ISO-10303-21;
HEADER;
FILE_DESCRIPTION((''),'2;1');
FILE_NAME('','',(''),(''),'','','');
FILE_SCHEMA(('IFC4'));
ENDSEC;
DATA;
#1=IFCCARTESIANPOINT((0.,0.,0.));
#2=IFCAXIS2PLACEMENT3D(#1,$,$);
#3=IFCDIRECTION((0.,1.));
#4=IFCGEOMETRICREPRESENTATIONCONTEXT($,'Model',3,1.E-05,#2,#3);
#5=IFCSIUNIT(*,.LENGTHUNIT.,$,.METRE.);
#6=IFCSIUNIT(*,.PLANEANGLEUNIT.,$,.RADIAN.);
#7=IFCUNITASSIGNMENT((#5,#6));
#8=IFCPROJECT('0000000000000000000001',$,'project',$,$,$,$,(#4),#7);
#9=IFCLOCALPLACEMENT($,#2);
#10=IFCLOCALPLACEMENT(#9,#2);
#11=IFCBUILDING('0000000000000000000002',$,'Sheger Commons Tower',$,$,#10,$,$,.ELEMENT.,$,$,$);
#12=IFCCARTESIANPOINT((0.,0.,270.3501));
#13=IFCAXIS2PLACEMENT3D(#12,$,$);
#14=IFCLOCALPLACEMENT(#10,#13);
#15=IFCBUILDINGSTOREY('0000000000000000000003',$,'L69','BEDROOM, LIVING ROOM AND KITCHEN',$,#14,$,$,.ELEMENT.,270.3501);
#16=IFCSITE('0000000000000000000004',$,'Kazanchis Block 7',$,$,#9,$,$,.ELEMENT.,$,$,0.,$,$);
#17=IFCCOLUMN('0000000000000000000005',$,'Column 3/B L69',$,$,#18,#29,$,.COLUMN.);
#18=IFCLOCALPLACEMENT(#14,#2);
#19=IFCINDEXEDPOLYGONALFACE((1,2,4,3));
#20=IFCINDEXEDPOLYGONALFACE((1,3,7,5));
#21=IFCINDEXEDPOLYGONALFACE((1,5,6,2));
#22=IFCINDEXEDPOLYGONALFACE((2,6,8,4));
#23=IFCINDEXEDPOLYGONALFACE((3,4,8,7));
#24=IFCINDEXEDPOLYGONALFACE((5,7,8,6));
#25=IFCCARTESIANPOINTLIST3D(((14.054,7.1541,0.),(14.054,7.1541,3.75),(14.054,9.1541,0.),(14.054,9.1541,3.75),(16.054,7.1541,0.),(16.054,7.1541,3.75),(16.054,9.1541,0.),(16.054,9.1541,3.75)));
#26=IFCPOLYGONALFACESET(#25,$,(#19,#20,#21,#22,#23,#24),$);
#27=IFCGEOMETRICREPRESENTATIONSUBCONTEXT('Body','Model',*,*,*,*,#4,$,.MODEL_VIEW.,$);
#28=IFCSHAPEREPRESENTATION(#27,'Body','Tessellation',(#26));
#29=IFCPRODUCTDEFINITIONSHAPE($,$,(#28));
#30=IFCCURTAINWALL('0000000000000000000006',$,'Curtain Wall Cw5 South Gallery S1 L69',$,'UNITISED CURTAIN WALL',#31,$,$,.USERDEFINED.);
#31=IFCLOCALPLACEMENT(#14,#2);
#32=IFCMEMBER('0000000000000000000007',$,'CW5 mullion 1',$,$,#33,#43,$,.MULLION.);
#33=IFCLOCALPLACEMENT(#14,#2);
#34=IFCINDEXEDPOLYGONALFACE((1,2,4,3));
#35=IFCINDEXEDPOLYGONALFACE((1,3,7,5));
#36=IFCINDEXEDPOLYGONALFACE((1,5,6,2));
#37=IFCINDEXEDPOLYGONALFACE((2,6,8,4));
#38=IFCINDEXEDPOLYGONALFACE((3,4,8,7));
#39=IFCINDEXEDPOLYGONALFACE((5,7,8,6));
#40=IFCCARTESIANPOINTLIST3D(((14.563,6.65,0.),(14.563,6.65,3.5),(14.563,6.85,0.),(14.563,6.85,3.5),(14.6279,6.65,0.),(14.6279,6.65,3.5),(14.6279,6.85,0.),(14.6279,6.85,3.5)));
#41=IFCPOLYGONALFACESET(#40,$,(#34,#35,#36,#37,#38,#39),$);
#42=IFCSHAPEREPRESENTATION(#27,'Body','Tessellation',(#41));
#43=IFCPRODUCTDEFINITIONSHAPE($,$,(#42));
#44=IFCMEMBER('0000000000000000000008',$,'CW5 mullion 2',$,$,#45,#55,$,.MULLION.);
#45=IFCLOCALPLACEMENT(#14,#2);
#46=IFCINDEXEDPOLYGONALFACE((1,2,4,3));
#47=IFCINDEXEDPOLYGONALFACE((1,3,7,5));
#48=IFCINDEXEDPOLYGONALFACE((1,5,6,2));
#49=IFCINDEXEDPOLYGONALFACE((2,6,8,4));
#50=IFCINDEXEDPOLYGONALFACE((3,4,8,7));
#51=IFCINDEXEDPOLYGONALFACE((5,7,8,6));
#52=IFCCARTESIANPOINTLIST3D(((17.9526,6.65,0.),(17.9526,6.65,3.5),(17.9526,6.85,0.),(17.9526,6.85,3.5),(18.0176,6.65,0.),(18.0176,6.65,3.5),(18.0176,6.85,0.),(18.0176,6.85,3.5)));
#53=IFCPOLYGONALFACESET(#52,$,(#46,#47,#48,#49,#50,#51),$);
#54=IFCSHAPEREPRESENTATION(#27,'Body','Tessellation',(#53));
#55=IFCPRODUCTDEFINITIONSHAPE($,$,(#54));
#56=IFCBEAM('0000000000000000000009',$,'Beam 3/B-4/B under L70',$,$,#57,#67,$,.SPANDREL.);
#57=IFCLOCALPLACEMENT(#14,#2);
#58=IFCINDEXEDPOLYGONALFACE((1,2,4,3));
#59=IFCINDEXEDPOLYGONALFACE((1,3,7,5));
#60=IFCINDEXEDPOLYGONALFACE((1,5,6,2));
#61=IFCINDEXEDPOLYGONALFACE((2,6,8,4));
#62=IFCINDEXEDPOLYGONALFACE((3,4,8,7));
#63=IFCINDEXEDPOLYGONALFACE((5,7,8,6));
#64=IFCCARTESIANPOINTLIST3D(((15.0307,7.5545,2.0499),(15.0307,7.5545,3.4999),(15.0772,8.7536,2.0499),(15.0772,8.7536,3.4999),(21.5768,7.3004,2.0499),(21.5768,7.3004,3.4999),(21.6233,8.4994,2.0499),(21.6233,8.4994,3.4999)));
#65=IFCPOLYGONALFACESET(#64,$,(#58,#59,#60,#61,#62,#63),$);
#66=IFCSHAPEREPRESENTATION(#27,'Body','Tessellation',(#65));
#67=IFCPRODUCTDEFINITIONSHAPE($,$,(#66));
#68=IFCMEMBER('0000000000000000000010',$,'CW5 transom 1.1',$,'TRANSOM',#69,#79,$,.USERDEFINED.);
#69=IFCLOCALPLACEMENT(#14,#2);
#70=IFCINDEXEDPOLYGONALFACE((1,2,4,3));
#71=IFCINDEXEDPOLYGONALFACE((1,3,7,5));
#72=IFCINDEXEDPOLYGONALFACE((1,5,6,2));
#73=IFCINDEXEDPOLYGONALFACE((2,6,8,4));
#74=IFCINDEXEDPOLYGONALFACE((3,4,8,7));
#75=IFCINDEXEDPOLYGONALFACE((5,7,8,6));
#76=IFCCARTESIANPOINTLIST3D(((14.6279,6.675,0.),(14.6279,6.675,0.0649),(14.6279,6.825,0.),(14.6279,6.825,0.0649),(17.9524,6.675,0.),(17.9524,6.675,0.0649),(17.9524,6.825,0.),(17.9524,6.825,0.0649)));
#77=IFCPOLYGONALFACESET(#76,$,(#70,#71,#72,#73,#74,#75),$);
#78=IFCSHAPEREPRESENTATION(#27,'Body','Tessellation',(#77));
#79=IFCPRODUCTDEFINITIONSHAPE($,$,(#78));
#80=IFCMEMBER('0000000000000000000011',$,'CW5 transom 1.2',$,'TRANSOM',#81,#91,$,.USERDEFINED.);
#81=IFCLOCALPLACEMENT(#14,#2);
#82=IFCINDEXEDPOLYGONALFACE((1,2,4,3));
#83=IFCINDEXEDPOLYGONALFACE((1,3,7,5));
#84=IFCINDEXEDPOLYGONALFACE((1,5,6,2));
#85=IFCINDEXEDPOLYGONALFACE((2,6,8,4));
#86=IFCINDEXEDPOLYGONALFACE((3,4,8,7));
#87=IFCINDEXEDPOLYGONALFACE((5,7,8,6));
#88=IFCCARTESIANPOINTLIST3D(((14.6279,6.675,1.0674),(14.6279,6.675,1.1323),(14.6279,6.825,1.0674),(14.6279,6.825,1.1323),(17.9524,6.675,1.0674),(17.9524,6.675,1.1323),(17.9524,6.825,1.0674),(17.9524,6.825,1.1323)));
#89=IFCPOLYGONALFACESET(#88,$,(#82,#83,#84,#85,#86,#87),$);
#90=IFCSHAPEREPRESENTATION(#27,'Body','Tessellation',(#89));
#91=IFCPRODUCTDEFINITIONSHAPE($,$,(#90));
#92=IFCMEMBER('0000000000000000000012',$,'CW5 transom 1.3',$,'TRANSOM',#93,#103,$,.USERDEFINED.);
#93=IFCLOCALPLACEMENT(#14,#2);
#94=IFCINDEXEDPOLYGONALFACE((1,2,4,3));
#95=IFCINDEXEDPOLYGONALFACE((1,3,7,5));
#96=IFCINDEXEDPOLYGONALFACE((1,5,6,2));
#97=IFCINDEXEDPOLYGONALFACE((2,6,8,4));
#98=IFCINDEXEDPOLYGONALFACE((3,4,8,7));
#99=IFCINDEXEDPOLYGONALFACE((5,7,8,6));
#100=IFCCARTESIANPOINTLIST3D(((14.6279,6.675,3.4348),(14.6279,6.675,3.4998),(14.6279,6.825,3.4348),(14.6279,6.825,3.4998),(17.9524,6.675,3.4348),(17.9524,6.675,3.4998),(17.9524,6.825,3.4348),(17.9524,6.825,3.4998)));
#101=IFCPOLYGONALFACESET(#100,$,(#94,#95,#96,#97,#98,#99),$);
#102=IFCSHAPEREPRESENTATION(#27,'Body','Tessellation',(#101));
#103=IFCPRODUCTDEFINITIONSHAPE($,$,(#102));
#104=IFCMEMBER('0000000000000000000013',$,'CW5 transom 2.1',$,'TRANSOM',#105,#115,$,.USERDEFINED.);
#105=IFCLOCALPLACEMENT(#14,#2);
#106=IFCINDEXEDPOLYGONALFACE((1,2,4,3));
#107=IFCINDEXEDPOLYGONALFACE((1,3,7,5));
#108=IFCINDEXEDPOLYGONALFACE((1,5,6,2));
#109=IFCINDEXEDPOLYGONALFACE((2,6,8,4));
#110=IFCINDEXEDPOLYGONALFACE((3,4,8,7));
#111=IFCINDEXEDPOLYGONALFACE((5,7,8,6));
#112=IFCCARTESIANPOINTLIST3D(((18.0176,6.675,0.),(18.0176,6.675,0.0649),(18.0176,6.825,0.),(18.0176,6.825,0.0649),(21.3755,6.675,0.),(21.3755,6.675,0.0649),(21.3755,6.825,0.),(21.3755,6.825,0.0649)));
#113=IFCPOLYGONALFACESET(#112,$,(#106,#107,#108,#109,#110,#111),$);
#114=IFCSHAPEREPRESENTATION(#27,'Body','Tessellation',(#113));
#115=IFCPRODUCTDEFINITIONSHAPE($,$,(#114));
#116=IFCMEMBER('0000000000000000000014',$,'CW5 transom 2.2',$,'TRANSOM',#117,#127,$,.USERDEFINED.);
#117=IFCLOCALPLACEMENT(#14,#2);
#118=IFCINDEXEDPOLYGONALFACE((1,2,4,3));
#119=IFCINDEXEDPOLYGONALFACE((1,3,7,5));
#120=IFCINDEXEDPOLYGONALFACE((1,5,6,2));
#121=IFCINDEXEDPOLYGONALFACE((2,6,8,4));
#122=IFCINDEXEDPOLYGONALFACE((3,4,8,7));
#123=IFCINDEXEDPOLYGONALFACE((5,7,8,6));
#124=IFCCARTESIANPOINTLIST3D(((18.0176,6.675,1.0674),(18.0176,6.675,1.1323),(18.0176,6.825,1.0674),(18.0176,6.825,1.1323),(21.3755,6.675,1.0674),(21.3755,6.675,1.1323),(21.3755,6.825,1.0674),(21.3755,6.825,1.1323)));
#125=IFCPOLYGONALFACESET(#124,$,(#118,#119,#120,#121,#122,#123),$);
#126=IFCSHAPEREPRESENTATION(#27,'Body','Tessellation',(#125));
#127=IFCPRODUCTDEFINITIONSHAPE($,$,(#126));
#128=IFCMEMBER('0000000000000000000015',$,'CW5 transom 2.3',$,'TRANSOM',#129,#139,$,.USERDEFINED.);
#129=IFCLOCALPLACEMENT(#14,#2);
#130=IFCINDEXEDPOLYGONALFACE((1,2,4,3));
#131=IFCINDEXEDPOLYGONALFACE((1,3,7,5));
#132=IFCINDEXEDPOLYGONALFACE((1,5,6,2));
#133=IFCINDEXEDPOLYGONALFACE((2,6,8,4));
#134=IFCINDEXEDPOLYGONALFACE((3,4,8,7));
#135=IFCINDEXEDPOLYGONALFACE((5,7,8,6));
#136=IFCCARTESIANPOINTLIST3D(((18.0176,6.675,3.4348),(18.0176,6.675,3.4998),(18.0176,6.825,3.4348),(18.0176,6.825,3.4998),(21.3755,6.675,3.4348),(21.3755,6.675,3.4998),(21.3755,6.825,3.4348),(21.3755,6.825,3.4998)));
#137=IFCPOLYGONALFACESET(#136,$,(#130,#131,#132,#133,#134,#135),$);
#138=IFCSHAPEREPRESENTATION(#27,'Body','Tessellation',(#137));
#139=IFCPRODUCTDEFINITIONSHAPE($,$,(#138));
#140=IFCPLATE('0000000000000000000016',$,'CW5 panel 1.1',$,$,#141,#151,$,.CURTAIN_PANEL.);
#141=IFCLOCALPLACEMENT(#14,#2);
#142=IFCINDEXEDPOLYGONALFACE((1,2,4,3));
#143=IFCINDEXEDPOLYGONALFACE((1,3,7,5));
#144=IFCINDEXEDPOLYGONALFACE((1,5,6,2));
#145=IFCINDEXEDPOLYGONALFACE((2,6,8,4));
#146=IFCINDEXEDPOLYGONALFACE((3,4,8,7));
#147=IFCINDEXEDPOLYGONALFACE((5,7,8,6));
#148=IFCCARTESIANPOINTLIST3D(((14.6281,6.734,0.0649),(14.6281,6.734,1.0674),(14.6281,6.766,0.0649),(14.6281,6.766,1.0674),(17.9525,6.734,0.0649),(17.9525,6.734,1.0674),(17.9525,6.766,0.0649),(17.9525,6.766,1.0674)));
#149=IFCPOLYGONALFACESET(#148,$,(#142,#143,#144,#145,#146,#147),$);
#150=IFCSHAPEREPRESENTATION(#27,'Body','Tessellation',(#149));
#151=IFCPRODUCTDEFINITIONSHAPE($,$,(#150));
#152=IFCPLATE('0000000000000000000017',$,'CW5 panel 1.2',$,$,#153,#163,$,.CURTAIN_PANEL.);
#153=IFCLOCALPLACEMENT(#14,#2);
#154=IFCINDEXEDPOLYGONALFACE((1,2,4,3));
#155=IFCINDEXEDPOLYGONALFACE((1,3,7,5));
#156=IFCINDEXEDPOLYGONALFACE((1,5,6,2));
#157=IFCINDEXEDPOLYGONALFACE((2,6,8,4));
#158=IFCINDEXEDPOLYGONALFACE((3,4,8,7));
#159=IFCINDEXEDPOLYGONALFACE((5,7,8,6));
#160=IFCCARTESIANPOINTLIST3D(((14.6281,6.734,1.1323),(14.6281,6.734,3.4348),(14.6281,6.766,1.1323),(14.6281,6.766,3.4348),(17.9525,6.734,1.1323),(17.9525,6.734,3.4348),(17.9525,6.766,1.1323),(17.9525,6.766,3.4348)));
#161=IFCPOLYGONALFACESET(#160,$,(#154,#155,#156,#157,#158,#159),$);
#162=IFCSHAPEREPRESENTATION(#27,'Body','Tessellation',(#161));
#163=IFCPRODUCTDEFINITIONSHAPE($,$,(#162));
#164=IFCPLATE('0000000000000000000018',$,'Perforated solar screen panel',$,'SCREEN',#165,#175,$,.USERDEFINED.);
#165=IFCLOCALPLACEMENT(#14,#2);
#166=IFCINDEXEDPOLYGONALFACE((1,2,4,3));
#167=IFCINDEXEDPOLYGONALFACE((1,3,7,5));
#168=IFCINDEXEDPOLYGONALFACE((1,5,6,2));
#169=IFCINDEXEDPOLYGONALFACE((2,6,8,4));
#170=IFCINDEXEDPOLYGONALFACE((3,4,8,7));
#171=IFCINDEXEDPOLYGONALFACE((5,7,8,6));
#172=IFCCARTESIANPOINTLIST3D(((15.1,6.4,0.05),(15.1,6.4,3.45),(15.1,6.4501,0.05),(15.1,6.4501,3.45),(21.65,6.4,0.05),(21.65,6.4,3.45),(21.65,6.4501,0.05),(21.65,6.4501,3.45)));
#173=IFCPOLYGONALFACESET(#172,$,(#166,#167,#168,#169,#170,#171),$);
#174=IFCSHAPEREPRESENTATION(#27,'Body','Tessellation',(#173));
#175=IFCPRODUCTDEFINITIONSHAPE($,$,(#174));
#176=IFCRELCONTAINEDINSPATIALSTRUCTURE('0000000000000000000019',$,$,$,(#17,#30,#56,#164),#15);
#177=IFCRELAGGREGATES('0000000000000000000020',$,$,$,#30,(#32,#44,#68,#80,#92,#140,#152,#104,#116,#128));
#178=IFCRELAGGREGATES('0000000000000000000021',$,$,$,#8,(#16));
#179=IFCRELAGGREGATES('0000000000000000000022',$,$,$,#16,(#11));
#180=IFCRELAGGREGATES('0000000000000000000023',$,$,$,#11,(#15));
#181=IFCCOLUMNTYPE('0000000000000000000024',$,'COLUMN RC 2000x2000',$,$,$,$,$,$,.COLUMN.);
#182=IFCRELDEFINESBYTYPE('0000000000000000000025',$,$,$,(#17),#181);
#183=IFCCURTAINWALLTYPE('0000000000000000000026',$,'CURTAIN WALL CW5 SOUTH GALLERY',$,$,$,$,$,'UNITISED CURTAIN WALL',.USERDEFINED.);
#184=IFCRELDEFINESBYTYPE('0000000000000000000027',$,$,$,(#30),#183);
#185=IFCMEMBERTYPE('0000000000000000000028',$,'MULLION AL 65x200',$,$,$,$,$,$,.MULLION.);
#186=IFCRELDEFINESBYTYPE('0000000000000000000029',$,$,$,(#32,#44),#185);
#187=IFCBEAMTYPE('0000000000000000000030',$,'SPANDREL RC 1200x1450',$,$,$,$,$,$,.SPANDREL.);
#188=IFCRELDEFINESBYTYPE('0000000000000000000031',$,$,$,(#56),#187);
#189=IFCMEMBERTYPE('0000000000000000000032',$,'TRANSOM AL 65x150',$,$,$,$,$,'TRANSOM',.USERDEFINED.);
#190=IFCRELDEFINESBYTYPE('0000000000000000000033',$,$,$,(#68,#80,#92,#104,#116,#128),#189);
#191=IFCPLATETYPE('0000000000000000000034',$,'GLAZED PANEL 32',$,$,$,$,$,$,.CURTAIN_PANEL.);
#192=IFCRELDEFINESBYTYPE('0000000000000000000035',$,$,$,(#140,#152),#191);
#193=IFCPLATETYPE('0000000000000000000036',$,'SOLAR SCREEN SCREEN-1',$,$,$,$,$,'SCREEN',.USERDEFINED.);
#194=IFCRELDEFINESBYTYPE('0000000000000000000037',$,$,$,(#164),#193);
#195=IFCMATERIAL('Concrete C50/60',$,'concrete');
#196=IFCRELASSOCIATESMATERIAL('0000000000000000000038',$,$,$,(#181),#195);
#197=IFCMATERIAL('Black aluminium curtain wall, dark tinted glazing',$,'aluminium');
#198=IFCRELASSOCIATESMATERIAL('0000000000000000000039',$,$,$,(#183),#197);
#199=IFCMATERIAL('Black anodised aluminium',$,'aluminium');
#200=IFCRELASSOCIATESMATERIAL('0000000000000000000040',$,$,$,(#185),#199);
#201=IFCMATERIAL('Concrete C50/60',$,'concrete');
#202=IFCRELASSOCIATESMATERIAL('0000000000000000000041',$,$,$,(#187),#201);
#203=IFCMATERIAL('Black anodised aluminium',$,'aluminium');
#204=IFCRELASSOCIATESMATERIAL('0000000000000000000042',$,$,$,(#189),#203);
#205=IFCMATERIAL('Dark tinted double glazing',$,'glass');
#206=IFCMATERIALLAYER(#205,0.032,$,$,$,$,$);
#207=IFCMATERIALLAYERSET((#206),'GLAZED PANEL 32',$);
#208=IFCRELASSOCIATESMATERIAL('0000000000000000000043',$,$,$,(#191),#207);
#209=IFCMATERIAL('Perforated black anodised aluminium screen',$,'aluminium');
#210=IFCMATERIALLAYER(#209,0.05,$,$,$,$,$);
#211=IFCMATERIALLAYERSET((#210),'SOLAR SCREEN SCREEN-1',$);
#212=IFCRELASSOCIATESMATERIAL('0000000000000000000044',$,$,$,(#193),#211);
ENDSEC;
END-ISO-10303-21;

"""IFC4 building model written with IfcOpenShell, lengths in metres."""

from ifc_helpers import new_model, si_unit, direction, frame, origin, origin_2d, place, context, subcontext, project, spatial, rectangle, extrude, material, layer, layer_set, material_profile, profile_set, type_object, element, aggregate, save


model = new_model("IFC4")

# Units and contexts
model_context = context("Model", 3, precision=1e-05, world=origin(), true_north=direction((0.0, 1.0)))
body_context = subcontext(model_context, "Body", "Model", "MODEL_VIEW")
ifc_project = project(units=[si_unit("LENGTHUNIT", "METRE"), si_unit("PLANEANGLEUNIT", "RADIAN")], contexts=[model_context])

# Site, building, storey
site_placement = place(None, origin())
site = spatial("IfcSite", under=ifc_project, at=site_placement, Name="Kazanchis Block 7", CompositionType="ELEMENT", RefElevation=0.0)
building_placement = place(site_placement, origin())
building = spatial("IfcBuilding", under=site, at=building_placement, Name="Sheger Commons Tower", CompositionType="ELEMENT")
storey_placement = place(building_placement, frame((0.0, 0.0, 270.3501)))
storey = spatial("IfcBuildingStorey", under=building, at=storey_placement, Name="L69", Description="BEDROOM, LIVING ROOM AND KITCHEN", CompositionType="ELEMENT", Elevation=270.3501)

# Column
ifc_material_1 = material(Name="Concrete C50/60", Category="concrete")
ifc_material_profile_1 = material_profile(ifc_material_1, rectangle(XDim=2.0, YDim=2.0, at=origin_2d()), Name="RC 2000x2000")
ifc_profile_set_1 = profile_set([ifc_material_profile_1], Name="Concrete C50/60")
column_type = type_object("IfcColumnType", Name="COLUMN RC 2000x2000", PredefinedType="COLUMN", material=ifc_profile_set_1)
column_placement = place(storey_placement, frame((15.054, 8.1541, 0.0), z_axis=(0.0, 0.0, 1.0), x_axis=(1.0, 0.0, 0.0)))
element("IfcColumn", 1, at=column_placement, inside=storey, type_object=column_type, Name="Column 3/B L69", PredefinedType="COLUMN", context=body_context, shape_type="SweptSolid", body=[
    extrude(rectangle(XDim=2.0, YDim=2.0, at=origin_2d()), origin(), (0.0, 0.0, 1.0), 3.75),
])

# Curtain wall, members
ifc_material_2 = material(Name="Black aluminium curtain wall, dark tinted glazing", Category="aluminium")
curtain_wall_type = type_object("IfcCurtainWallType", Name="CURTAIN WALL CW5 SOUTH GALLERY", ElementType="UNITISED CURTAIN WALL", PredefinedType="USERDEFINED", material=ifc_material_2)
curtain_wall_placement = place(storey_placement, origin())
curtain_wall = element("IfcCurtainWall", 2, at=curtain_wall_placement, inside=storey, type_object=curtain_wall_type, Name="Curtain Wall Cw5 South Gallery S1 L69", ObjectType="UNITISED CURTAIN WALL", PredefinedType="USERDEFINED")
ifc_material_3 = material(Name="Black anodised aluminium", Category="aluminium")
ifc_material_profile_2 = material_profile(ifc_material_3, rectangle(XDim=0.2, YDim=0.0649, at=origin_2d()), Name="AL 65x200")
ifc_profile_set_2 = profile_set([ifc_material_profile_2], Name="Black anodised aluminium")
member_type_1 = type_object("IfcMemberType", Name="MULLION AL 65x200", PredefinedType="MULLION", material=ifc_profile_set_2)
member_1_placement = place(storey_placement, frame((14.5955, 6.75, 0.0), z_axis=(0.0, 0.0, 1.0), x_axis=(0.0, 1.0, 0.0)))
member_1 = element("IfcMember", 3, at=member_1_placement, type_object=member_type_1, Name="CW5 mullion 1", PredefinedType="MULLION", context=body_context, shape_type="SweptSolid", body=[
    extrude(rectangle(XDim=0.2, YDim=0.0649, at=origin_2d()), origin(), (0.0, 0.0, 1.0), 3.5),
])
member_2_placement = place(storey_placement, frame((17.9851, 6.75, 0.0), z_axis=(0.0, 0.0, 1.0), x_axis=(0.0, 1.0, 0.0)))
member_2 = element("IfcMember", 4, at=member_2_placement, type_object=member_type_1, Name="CW5 mullion 2", PredefinedType="MULLION", context=body_context, shape_type="SweptSolid", body=[
    extrude(rectangle(XDim=0.2, YDim=0.0649, at=origin_2d()), origin(), (0.0, 0.0, 1.0), 3.5),
])

# Beam
ifc_material_4 = material(Name="Concrete C50/60", Category="concrete")
ifc_material_profile_3 = material_profile(ifc_material_4, rectangle(XDim=1.2, YDim=1.45, at=origin_2d()), Name="RC 1200x1450")
ifc_profile_set_3 = profile_set([ifc_material_profile_3], Name="Concrete C50/60")
beam_type = type_object("IfcBeamType", Name="SPANDREL RC 1200x1450", PredefinedType="SPANDREL", material=ifc_profile_set_3)
beam_placement = place(storey_placement, frame((15.054, 8.1541, 2.7749), z_axis=(0.999247, -0.038795, 0.0), x_axis=(0.038795, 0.999247, 0.0)))
element("IfcBeam", 5, at=beam_placement, inside=storey, type_object=beam_type, Name="Beam 3/B-4/B under L70", PredefinedType="SPANDREL", context=body_context, shape_type="SweptSolid", body=[
    extrude(rectangle(XDim=1.2, YDim=1.45, at=origin_2d()), origin(), (0.0, 0.0, 1.0), 6.551),
])

# Members
ifc_material_5 = material(Name="Black anodised aluminium", Category="aluminium")
ifc_material_profile_4 = material_profile(ifc_material_5, rectangle(XDim=0.1499, YDim=0.0649, at=origin_2d()), Name="AL 65x150")
ifc_profile_set_4 = profile_set([ifc_material_profile_4], Name="Black anodised aluminium")
member_type_2 = type_object("IfcMemberType", Name="TRANSOM AL 65x150", ElementType="TRANSOM", PredefinedType="USERDEFINED", material=ifc_profile_set_4)
member_3_placement = place(storey_placement, frame((14.6279, 6.75, 0.0325), z_axis=(1.0, 0.0, 0.0), x_axis=(0.0, 1.0, 0.0)))
member_3 = element("IfcMember", 6, at=member_3_placement, type_object=member_type_2, Name="CW5 transom 1.1", ObjectType="TRANSOM", PredefinedType="USERDEFINED", context=body_context, shape_type="SweptSolid", body=[
    extrude(rectangle(XDim=0.1499, YDim=0.0649, at=origin_2d()), origin(), (0.0, 0.0, 1.0), 3.3245),
])
member_4_placement = place(storey_placement, frame((14.6279, 6.75, 1.0999), z_axis=(1.0, 0.0, 0.0), x_axis=(0.0, 1.0, 0.0)))
member_4 = element("IfcMember", 7, at=member_4_placement, type_object=member_type_2, Name="CW5 transom 1.2", ObjectType="TRANSOM", PredefinedType="USERDEFINED", context=body_context, shape_type="SweptSolid", body=[
    extrude(rectangle(XDim=0.1499, YDim=0.0649, at=origin_2d()), origin(), (0.0, 0.0, 1.0), 3.3245),
])
member_5_placement = place(storey_placement, frame((14.6279, 6.75, 3.4673), z_axis=(1.0, 0.0, 0.0), x_axis=(0.0, 1.0, 0.0)))
member_5 = element("IfcMember", 8, at=member_5_placement, type_object=member_type_2, Name="CW5 transom 1.3", ObjectType="TRANSOM", PredefinedType="USERDEFINED", context=body_context, shape_type="SweptSolid", body=[
    extrude(rectangle(XDim=0.1499, YDim=0.0649, at=origin_2d()), origin(), (0.0, 0.0, 1.0), 3.3245),
])
member_6_placement = place(storey_placement, frame((18.0176, 6.75, 0.0325), z_axis=(1.0, 0.0, 0.0), x_axis=(0.0, 1.0, 0.0)))
member_6 = element("IfcMember", 9, at=member_6_placement, type_object=member_type_2, Name="CW5 transom 2.1", ObjectType="TRANSOM", PredefinedType="USERDEFINED", context=body_context, shape_type="SweptSolid", body=[
    extrude(rectangle(XDim=0.1499, YDim=0.0649, at=origin_2d()), origin(), (0.0, 0.0, 1.0), 3.3579),
])
member_7_placement = place(storey_placement, frame((18.0176, 6.75, 1.0999), z_axis=(1.0, 0.0, 0.0), x_axis=(0.0, 1.0, 0.0)))
member_7 = element("IfcMember", 10, at=member_7_placement, type_object=member_type_2, Name="CW5 transom 2.2", ObjectType="TRANSOM", PredefinedType="USERDEFINED", context=body_context, shape_type="SweptSolid", body=[
    extrude(rectangle(XDim=0.1499, YDim=0.0649, at=origin_2d()), origin(), (0.0, 0.0, 1.0), 3.3579),
])
member_8_placement = place(storey_placement, frame((18.0176, 6.75, 3.4673), z_axis=(1.0, 0.0, 0.0), x_axis=(0.0, 1.0, 0.0)))
member_8 = element("IfcMember", 11, at=member_8_placement, type_object=member_type_2, Name="CW5 transom 2.3", ObjectType="TRANSOM", PredefinedType="USERDEFINED", context=body_context, shape_type="SweptSolid", body=[
    extrude(rectangle(XDim=0.1499, YDim=0.0649, at=origin_2d()), origin(), (0.0, 0.0, 1.0), 3.3579),
])

# Plates
ifc_material_6 = material(Name="Dark tinted double glazing", Category="glass")
ifc_layer_1 = layer(ifc_material_6, 0.032)
ifc_layer_set_1 = layer_set([ifc_layer_1], Name="GLAZED PANEL 32")
plate_type_1 = type_object("IfcPlateType", Name="GLAZED PANEL 32", PredefinedType="CURTAIN_PANEL", material=ifc_layer_set_1)
plate_1_placement = place(storey_placement, frame((16.2903, 6.75, 0.0649), z_axis=(0.0, 0.0, 1.0), x_axis=(1.0, 0.0, 0.0)))
plate_1 = element("IfcPlate", 12, at=plate_1_placement, type_object=plate_type_1, Name="CW5 panel 1.1", PredefinedType="CURTAIN_PANEL", context=body_context, shape_type="SweptSolid", body=[
    extrude(rectangle(XDim=3.3245, YDim=0.032, at=origin_2d()), origin(), (0.0, 0.0, 1.0), 1.0024),
])
plate_2_placement = place(storey_placement, frame((16.2903, 6.75, 1.1323), z_axis=(0.0, 0.0, 1.0), x_axis=(1.0, 0.0, 0.0)))
plate_2 = element("IfcPlate", 13, at=plate_2_placement, type_object=plate_type_1, Name="CW5 panel 1.2", PredefinedType="CURTAIN_PANEL", context=body_context, shape_type="SweptSolid", body=[
    extrude(rectangle(XDim=3.3245, YDim=0.032, at=origin_2d()), origin(), (0.0, 0.0, 1.0), 2.3025),
])
aggregate(curtain_wall, [member_1, member_2, member_3, member_4, member_5, plate_1, plate_2, member_6, member_7, member_8])
ifc_material_7 = material(Name="Perforated black anodised aluminium screen", Category="aluminium")
ifc_layer_2 = layer(ifc_material_7, 0.05)
ifc_layer_set_2 = layer_set([ifc_layer_2], Name="SOLAR SCREEN SCREEN-1")
plate_type_2 = type_object("IfcPlateType", Name="SOLAR SCREEN SCREEN-1", ElementType="SCREEN", PredefinedType="USERDEFINED", material=ifc_layer_set_2)
plate_3_placement = place(storey_placement, frame((18.375, 6.425, 0.05), z_axis=(0.0, 0.0, 1.0), x_axis=(1.0, 0.0, 0.0)))
element("IfcPlate", 14, at=plate_3_placement, inside=storey, type_object=plate_type_2, Name="Perforated solar screen panel", ObjectType="SCREEN", PredefinedType="USERDEFINED", context=body_context, shape_type="SweptSolid", body=[
    extrude(rectangle(XDim=6.55, YDim=0.05, at=origin_2d()), origin(), (0.0, 0.0, 1.0), 3.3999),
])

save(model, "model.ifc")
